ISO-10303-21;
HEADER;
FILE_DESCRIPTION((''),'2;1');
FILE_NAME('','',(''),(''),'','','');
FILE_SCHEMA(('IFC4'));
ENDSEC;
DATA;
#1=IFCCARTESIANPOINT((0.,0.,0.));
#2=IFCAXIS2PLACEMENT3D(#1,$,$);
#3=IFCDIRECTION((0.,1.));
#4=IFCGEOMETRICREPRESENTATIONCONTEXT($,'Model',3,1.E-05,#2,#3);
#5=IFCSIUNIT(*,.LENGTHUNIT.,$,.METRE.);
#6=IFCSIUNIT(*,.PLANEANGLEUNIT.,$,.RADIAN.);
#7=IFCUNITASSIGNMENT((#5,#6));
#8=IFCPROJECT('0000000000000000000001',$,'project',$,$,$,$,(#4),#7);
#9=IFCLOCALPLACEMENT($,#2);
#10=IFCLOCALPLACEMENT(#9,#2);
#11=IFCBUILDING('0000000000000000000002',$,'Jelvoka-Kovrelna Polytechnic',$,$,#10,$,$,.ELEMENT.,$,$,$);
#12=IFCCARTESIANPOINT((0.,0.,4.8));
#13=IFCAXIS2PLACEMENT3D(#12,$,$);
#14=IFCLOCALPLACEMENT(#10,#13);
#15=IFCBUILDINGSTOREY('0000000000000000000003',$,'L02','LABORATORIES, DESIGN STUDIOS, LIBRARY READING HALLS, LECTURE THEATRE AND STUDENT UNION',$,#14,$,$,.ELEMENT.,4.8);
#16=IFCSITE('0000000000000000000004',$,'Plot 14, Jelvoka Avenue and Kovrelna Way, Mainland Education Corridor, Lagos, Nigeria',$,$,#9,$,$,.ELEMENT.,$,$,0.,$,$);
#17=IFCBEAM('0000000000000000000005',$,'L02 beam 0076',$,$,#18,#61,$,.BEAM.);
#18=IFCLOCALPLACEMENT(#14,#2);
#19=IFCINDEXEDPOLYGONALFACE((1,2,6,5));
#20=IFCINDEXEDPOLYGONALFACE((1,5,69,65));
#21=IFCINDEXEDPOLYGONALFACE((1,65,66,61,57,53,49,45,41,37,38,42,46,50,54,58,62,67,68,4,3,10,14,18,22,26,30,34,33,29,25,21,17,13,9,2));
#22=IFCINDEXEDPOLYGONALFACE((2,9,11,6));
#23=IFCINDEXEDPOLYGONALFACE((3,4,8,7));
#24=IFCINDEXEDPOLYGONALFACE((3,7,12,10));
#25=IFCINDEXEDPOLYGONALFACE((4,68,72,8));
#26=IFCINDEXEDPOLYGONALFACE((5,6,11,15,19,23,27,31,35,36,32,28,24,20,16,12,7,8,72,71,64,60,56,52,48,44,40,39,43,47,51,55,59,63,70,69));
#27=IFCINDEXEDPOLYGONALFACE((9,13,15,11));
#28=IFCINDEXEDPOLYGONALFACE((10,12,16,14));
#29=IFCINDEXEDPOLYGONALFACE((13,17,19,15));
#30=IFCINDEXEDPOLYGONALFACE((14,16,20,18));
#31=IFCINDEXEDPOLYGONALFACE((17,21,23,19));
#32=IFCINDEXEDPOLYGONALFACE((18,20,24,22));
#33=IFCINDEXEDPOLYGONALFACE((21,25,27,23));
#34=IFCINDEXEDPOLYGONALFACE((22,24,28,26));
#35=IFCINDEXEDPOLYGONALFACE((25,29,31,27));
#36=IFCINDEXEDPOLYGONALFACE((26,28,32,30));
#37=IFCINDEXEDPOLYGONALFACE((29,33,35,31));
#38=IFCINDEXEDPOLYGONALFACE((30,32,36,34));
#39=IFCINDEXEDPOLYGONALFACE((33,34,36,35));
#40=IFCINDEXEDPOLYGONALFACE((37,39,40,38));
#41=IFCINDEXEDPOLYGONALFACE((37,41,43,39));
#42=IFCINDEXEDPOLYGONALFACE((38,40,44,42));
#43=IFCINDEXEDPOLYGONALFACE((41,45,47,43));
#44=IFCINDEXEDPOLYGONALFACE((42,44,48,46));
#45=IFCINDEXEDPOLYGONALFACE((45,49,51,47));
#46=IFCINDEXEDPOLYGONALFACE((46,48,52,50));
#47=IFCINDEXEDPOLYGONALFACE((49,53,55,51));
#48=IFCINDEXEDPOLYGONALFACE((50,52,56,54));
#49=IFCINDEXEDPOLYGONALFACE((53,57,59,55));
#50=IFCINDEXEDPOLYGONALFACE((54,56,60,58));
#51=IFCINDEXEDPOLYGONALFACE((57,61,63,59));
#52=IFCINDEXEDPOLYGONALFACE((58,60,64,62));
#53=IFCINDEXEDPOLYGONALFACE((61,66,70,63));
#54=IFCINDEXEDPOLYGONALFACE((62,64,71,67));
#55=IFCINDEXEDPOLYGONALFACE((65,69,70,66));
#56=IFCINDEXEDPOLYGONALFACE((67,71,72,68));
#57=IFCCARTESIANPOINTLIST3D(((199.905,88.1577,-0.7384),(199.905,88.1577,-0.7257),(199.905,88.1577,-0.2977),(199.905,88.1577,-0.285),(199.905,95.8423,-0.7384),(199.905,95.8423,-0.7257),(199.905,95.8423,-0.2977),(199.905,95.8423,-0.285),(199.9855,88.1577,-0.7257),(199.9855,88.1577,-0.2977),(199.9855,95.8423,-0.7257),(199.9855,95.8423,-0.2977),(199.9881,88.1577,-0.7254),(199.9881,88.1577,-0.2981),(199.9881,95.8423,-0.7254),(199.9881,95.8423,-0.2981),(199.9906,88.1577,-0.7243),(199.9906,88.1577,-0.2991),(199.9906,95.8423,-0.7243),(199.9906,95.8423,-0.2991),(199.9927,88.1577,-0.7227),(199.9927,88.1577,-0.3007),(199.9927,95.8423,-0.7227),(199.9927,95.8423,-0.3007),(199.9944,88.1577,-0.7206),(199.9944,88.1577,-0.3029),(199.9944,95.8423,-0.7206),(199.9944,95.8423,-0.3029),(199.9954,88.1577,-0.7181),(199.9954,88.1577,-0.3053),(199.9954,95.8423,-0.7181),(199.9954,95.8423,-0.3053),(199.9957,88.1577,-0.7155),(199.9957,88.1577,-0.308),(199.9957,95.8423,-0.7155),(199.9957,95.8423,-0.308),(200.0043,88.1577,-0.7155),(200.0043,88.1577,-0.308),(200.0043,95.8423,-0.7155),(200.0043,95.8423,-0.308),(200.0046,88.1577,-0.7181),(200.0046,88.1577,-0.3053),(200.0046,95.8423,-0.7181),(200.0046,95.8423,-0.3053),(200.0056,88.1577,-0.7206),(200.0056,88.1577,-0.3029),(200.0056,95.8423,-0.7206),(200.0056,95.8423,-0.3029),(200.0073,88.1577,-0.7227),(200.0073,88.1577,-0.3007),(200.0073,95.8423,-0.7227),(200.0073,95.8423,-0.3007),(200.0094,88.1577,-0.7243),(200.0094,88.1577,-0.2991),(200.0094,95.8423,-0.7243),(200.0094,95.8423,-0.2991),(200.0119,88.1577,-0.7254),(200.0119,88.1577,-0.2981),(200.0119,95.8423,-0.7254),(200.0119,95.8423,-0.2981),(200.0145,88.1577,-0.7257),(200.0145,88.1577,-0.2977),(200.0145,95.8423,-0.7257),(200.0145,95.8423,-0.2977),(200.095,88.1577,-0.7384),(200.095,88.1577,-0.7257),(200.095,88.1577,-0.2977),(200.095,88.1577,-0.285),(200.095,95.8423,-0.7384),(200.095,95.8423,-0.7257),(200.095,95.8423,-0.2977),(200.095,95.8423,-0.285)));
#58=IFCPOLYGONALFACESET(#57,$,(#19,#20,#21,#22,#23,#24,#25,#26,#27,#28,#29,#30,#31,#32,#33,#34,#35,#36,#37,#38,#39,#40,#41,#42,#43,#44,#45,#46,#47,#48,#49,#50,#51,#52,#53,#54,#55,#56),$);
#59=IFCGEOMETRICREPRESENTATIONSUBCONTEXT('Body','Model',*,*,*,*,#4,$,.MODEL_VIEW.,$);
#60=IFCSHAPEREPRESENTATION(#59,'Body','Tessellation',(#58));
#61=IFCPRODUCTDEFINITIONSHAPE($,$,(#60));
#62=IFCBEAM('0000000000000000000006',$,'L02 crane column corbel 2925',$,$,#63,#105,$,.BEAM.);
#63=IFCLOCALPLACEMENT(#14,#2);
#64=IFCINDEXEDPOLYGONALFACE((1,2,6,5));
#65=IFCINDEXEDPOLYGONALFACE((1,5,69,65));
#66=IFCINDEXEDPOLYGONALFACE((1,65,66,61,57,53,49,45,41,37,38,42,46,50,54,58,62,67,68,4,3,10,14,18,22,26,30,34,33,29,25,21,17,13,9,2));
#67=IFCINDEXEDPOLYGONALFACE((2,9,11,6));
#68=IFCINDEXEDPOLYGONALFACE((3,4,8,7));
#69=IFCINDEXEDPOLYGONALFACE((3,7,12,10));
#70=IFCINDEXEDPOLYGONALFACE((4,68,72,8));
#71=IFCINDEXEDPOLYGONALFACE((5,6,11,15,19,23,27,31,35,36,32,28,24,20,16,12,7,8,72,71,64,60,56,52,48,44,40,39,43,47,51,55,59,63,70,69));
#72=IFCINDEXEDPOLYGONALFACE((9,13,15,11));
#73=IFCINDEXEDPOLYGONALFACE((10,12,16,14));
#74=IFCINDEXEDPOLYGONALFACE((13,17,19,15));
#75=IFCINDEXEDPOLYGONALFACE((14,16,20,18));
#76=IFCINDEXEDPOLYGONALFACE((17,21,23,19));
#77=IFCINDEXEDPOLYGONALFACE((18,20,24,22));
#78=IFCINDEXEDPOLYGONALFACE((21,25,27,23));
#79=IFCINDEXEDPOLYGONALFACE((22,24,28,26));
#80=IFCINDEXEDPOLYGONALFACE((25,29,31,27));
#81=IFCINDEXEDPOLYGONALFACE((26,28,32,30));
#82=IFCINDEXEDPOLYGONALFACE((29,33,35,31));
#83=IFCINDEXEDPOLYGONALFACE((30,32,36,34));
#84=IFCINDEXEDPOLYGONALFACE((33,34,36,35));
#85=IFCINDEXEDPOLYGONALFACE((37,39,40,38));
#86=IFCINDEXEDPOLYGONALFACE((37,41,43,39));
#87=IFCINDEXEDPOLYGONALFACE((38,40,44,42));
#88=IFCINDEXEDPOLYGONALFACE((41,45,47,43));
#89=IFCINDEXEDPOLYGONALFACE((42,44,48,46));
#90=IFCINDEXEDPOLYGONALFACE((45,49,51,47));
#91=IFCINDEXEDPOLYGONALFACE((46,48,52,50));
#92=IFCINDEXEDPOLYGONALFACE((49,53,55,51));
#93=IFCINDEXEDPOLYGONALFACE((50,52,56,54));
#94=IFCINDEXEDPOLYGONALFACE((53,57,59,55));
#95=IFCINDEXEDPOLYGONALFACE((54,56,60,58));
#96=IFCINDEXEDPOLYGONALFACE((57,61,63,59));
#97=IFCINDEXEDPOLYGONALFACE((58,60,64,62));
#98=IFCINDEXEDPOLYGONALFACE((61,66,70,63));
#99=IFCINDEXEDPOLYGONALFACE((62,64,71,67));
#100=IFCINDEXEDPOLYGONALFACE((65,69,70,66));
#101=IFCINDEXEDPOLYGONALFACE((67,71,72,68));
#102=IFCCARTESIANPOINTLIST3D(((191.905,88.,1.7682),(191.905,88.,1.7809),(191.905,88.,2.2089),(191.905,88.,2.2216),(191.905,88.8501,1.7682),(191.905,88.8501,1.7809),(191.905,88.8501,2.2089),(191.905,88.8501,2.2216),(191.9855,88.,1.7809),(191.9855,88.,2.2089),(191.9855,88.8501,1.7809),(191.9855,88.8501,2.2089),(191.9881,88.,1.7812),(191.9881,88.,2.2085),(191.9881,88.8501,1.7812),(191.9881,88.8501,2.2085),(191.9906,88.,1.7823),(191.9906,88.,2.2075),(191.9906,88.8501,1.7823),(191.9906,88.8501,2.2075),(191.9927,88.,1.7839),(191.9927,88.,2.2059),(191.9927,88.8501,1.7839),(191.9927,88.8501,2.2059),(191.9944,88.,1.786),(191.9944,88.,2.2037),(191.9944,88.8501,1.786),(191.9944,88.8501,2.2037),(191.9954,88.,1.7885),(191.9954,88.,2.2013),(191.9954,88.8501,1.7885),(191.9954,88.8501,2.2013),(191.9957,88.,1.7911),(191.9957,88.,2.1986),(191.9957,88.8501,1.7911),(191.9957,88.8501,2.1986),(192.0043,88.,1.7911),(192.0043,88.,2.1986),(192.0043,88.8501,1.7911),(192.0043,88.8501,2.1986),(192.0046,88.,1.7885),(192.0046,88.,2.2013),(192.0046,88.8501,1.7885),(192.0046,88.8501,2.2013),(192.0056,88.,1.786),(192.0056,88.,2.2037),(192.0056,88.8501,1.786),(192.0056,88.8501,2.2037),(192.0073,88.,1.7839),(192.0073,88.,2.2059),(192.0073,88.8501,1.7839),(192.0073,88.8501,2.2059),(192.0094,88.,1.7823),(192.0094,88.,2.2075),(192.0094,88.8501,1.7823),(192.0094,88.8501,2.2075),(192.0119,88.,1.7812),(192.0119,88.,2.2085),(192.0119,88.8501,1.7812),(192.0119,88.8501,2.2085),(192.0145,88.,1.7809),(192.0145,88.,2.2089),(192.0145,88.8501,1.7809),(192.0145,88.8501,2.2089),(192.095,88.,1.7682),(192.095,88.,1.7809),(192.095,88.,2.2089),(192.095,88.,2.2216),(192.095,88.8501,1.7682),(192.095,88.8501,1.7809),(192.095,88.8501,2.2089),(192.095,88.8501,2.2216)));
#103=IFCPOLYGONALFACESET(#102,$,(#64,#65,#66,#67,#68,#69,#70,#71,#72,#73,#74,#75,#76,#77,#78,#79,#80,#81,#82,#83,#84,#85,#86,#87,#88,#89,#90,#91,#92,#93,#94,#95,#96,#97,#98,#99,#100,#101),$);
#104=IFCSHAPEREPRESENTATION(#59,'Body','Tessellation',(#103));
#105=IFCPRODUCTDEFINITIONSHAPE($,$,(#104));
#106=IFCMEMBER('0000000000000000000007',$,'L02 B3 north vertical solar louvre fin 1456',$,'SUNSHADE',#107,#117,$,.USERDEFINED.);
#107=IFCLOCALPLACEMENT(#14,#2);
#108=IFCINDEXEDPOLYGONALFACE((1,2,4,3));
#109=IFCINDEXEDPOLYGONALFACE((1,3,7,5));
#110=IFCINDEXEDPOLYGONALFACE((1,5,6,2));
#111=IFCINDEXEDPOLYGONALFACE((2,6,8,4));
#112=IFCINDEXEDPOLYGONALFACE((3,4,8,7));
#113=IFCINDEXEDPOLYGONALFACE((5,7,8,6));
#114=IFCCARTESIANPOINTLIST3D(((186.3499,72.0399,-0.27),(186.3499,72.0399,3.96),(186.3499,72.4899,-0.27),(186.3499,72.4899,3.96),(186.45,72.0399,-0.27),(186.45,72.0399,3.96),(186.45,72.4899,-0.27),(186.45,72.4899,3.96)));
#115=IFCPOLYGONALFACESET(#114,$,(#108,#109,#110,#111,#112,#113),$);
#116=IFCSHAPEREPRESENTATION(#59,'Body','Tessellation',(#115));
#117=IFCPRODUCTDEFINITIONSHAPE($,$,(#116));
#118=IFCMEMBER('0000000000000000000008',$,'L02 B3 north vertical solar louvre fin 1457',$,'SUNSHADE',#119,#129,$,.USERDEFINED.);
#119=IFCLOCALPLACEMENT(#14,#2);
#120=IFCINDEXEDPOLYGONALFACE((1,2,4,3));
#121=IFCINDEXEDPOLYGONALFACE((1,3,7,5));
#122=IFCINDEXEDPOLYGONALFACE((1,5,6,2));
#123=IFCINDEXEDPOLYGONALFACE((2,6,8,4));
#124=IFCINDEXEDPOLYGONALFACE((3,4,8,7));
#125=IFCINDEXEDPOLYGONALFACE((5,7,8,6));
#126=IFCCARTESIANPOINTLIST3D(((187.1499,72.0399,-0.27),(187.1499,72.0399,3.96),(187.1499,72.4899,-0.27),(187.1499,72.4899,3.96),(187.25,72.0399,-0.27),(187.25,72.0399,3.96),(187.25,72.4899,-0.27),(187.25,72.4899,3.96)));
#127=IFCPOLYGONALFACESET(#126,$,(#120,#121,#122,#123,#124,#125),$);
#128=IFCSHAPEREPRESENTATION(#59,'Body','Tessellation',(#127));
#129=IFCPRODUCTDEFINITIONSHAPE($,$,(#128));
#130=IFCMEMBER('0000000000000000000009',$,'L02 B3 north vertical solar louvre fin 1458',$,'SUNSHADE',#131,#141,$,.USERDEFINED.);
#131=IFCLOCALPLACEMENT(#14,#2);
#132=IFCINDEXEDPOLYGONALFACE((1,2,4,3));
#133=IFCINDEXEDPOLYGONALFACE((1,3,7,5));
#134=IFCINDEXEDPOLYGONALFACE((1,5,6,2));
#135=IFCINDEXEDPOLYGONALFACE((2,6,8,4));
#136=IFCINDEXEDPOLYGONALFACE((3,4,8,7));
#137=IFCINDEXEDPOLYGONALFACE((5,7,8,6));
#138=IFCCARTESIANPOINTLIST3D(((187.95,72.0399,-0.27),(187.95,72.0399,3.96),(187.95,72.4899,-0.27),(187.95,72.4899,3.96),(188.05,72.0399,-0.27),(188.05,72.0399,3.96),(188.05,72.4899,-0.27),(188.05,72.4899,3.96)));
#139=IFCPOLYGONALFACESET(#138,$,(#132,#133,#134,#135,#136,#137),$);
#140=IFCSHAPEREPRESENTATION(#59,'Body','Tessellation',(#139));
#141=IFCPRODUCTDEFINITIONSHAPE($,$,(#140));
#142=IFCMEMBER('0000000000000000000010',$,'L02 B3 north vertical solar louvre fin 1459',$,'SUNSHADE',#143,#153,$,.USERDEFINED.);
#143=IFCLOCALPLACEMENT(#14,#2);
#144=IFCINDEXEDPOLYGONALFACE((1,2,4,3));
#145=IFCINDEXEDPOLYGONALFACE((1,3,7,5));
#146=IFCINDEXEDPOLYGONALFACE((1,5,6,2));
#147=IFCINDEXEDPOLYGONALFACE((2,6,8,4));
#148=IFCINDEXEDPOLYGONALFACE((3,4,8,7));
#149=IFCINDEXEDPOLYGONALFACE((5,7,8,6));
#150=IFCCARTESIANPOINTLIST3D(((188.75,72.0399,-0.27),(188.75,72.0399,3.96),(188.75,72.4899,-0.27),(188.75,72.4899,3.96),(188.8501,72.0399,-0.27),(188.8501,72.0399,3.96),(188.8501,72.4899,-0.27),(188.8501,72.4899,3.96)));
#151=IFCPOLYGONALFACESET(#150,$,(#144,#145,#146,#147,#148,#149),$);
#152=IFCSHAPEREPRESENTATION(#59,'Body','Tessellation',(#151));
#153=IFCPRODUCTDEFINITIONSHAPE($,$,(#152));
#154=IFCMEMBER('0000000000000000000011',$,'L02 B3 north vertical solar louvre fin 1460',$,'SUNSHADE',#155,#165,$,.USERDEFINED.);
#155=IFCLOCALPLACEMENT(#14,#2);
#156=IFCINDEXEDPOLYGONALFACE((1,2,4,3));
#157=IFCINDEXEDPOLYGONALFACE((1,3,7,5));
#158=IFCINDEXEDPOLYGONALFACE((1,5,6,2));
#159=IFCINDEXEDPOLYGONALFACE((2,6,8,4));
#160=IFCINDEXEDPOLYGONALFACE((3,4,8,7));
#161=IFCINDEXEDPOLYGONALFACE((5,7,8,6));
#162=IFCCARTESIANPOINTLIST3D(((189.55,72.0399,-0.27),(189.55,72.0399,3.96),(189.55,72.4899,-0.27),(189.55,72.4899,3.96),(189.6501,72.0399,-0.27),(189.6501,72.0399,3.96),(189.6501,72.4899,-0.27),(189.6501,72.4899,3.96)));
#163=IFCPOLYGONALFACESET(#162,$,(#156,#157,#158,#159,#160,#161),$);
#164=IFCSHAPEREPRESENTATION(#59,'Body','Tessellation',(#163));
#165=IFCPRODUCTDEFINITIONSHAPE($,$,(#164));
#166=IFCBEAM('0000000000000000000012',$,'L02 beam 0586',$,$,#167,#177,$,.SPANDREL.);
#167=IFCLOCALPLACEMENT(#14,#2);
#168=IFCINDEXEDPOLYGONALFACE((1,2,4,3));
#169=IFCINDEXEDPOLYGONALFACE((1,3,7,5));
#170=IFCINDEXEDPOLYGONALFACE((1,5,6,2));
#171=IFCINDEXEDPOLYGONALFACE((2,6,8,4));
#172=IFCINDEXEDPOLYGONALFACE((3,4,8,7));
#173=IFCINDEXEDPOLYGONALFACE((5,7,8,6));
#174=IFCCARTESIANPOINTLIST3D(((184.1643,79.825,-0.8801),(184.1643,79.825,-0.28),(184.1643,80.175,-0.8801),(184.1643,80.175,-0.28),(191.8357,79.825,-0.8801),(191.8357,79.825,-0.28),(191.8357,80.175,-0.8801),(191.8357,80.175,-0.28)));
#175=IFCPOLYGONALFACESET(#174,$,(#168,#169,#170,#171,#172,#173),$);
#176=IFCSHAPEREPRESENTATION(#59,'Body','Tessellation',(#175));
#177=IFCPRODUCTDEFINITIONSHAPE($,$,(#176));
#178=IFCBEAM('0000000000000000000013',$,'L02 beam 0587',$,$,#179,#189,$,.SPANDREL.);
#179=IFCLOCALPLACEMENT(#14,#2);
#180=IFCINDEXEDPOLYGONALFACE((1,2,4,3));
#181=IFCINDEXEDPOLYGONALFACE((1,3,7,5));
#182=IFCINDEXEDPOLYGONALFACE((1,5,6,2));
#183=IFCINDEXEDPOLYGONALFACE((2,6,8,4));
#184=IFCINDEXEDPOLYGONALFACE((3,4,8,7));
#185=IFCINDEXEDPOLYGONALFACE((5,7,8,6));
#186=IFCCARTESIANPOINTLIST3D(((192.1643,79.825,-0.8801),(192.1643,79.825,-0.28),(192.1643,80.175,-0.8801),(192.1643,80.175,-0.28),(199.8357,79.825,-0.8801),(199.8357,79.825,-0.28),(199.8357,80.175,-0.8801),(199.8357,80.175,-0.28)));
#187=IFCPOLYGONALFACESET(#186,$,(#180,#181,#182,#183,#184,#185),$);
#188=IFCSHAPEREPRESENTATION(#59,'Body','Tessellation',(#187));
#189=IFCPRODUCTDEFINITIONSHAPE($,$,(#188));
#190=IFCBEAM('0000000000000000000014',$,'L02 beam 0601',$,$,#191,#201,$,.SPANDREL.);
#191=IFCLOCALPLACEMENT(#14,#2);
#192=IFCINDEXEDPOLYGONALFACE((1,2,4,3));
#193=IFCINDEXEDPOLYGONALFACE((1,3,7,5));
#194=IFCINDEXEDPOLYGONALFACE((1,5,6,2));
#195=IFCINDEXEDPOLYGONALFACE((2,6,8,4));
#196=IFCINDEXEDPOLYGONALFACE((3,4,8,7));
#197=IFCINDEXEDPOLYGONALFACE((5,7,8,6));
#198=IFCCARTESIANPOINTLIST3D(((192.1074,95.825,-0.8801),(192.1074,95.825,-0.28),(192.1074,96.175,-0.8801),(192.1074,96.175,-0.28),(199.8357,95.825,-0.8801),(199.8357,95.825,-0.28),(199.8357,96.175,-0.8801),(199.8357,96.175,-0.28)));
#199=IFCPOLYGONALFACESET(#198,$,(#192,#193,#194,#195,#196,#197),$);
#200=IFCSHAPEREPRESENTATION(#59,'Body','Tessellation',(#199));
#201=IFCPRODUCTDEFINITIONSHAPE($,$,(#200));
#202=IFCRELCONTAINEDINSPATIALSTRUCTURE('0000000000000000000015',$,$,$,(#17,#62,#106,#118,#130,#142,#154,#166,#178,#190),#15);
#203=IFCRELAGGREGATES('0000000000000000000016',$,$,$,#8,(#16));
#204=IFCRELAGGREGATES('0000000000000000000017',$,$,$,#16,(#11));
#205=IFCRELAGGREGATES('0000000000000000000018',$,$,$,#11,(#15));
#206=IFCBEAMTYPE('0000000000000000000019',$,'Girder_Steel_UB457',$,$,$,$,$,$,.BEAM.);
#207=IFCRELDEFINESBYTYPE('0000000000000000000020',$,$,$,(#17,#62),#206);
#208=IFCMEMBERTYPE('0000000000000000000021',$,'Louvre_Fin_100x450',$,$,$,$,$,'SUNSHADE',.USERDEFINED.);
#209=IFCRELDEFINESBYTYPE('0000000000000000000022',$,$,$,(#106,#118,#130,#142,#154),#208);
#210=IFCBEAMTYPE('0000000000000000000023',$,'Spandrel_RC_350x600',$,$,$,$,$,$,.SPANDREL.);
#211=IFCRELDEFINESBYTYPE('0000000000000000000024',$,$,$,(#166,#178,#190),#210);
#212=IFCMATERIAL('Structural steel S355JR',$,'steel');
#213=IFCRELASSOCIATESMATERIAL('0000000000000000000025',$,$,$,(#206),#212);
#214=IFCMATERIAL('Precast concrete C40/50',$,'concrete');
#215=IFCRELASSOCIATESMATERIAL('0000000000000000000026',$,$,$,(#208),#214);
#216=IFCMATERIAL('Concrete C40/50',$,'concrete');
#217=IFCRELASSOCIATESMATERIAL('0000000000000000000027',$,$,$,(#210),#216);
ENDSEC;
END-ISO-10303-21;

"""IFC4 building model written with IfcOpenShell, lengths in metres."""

from ifc_helpers import new_model, si_unit, direction, frame, origin, origin_2d, place, context, subcontext, project, spatial, rectangle, i_section, extrude, material, material_profile, profile_set, type_object, element, save


model = new_model("IFC4")

# Units and contexts
model_context = context("Model", 3, precision=1e-05, world=origin(), true_north=direction((0.0, 1.0)))
body_context = subcontext(model_context, "Body", "Model", "MODEL_VIEW")
ifc_project = project(units=[si_unit("LENGTHUNIT", "METRE"), si_unit("PLANEANGLEUNIT", "RADIAN")], contexts=[model_context])

# Site, building, storey
site_placement = place(None, origin())
site = spatial("IfcSite", under=ifc_project, at=site_placement, Name="Plot 14, Jelvoka Avenue and Kovrelna Way, Mainland Education Corridor, Lagos, Nigeria", CompositionType="ELEMENT", RefElevation=0.0)
building_placement = place(site_placement, origin())
building = spatial("IfcBuilding", under=site, at=building_placement, Name="Jelvoka-Kovrelna Polytechnic", CompositionType="ELEMENT")
storey_placement = place(building_placement, frame((0.0, 0.0, 4.8)))
storey = spatial("IfcBuildingStorey", under=building, at=storey_placement, Name="L02", Description="LABORATORIES, DESIGN STUDIOS, LIBRARY READING HALLS, LECTURE THEATRE AND STUDENT UNION", CompositionType="ELEMENT", Elevation=4.8)

# Beams
ifc_material_1 = material(Name="Structural steel S355JR", Category="steel")
ifc_material_profile_1 = material_profile(ifc_material_1, i_section(OverallWidth=0.1899, OverallDepth=0.4534, WebThickness=0.0085, FlangeThickness=0.0127, FilletRadius=0.0103, at=origin_2d()), Name="457x191x67 UB")
ifc_profile_set_1 = profile_set([ifc_material_profile_1], Name="Structural steel S355JR")
beam_type_1 = type_object("IfcBeamType", Name="Girder_Steel_UB457", PredefinedType="BEAM", material=ifc_profile_set_1)
beam_1_placement = place(storey_placement, frame((200.0, 88.1577, -0.5117), z_axis=(0.0, 1.0, 0.0), x_axis=(-1.0, 0.0, 0.0)))
element("IfcBeam", 1, at=beam_1_placement, inside=storey, type_object=beam_type_1, Name="L02 beam 0076", PredefinedType="BEAM", context=body_context, shape_type="SweptSolid", body=[
    extrude(i_section(OverallWidth=0.1899, OverallDepth=0.4534, WebThickness=0.0085, FlangeThickness=0.0127, FilletRadius=0.0103, at=origin_2d()), origin(), (0.0, 0.0, 1.0), 7.6846),
])
beam_2_placement = place(storey_placement, frame((192.0, 88.0, 1.9949), z_axis=(0.0, 1.0, 0.0), x_axis=(-1.0, 0.0, 0.0)))
element("IfcBeam", 2, at=beam_2_placement, inside=storey, type_object=beam_type_1, Name="L02 crane column corbel 2925", PredefinedType="BEAM", context=body_context, shape_type="SweptSolid", body=[
    extrude(i_section(OverallWidth=0.1899, OverallDepth=0.4534, WebThickness=0.0085, FlangeThickness=0.0127, FilletRadius=0.0103, at=origin_2d()), origin(), (0.0, 0.0, 1.0), 0.8501),
])

# Members
ifc_material_2 = material(Name="Precast concrete C40/50", Category="concrete")
ifc_material_profile_2 = material_profile(ifc_material_2, rectangle(XDim=0.1001, YDim=0.45, at=origin_2d()), Name="PC 100x450")
ifc_profile_set_2 = profile_set([ifc_material_profile_2], Name="Precast concrete C40/50")
member_type = type_object("IfcMemberType", Name="Louvre_Fin_100x450", ElementType="SUNSHADE", PredefinedType="USERDEFINED", material=ifc_profile_set_2)
for number, where, z_axis, x_axis, name in (
    (3, (186.3999, 72.2649, -0.27), (0.0, 0.0, 1.0), (1.0, 0.0, 0.0), "L02 B3 north vertical solar louvre fin 1456"),
    (4, (187.2, 72.2649, -0.27), (0.0, 0.0, 1.0), (1.0, 0.0, 0.0), "L02 B3 north vertical solar louvre fin 1457"),
    (5, (188.0, 72.2649, -0.27), (0.0, 0.0, 1.0), (1.0, 0.0, 0.0), "L02 B3 north vertical solar louvre fin 1458"),
    (6, (188.8, 72.2649, -0.27), (0.0, 0.0, 1.0), (1.0, 0.0, 0.0), "L02 B3 north vertical solar louvre fin 1459"),
    (7, (189.6001, 72.2649, -0.27), (0.0, 0.0, 1.0), (1.0, 0.0, 0.0), "L02 B3 north vertical solar louvre fin 1460"),
):
    element("IfcMember", number, at=place(storey_placement, frame(where, z_axis=z_axis, x_axis=x_axis)), inside=storey, type_object=member_type, Name=name, ObjectType="SUNSHADE", PredefinedType="USERDEFINED", context=body_context, shape_type="SweptSolid", body=[
        extrude(rectangle(XDim=0.1001, YDim=0.45, at=origin_2d()), origin(), (0.0, 0.0, 1.0), 4.23),
    ])

# Beams
ifc_material_3 = material(Name="Concrete C40/50", Category="concrete")
ifc_material_profile_3 = material_profile(ifc_material_3, rectangle(XDim=0.3501, YDim=0.6001, at=origin_2d()), Name="RC 350x600")
ifc_profile_set_3 = profile_set([ifc_material_profile_3], Name="Concrete C40/50")
beam_type_2 = type_object("IfcBeamType", Name="Spandrel_RC_350x600", PredefinedType="SPANDREL", material=ifc_profile_set_3)
for number, where, z_axis, x_axis, name in (
    (8, (184.1643, 80.0, -0.5801), (1.0, 0.0, 0.0), (0.0, 1.0, 0.0), "L02 beam 0586"),
    (9, (192.1643, 80.0, -0.5801), (1.0, 0.0, 0.0), (0.0, 1.0, 0.0), "L02 beam 0587"),
):
    element("IfcBeam", number, at=place(storey_placement, frame(where, z_axis=z_axis, x_axis=x_axis)), inside=storey, type_object=beam_type_2, Name=name, PredefinedType="SPANDREL", context=body_context, shape_type="SweptSolid", body=[
        extrude(rectangle(XDim=0.3501, YDim=0.6001, at=origin_2d()), origin(), (0.0, 0.0, 1.0), 7.6714),
    ])
beam_3_placement = place(storey_placement, frame((192.1074, 96.0, -0.5801), z_axis=(1.0, 0.0, 0.0), x_axis=(0.0, 1.0, 0.0)))
element("IfcBeam", 10, at=beam_3_placement, inside=storey, type_object=beam_type_2, Name="L02 beam 0601", PredefinedType="SPANDREL", context=body_context, shape_type="SweptSolid", body=[
    extrude(rectangle(XDim=0.3501, YDim=0.6001, at=origin_2d()), origin(), (0.0, 0.0, 1.0), 7.7283),
])

save(model, "model.ifc")
